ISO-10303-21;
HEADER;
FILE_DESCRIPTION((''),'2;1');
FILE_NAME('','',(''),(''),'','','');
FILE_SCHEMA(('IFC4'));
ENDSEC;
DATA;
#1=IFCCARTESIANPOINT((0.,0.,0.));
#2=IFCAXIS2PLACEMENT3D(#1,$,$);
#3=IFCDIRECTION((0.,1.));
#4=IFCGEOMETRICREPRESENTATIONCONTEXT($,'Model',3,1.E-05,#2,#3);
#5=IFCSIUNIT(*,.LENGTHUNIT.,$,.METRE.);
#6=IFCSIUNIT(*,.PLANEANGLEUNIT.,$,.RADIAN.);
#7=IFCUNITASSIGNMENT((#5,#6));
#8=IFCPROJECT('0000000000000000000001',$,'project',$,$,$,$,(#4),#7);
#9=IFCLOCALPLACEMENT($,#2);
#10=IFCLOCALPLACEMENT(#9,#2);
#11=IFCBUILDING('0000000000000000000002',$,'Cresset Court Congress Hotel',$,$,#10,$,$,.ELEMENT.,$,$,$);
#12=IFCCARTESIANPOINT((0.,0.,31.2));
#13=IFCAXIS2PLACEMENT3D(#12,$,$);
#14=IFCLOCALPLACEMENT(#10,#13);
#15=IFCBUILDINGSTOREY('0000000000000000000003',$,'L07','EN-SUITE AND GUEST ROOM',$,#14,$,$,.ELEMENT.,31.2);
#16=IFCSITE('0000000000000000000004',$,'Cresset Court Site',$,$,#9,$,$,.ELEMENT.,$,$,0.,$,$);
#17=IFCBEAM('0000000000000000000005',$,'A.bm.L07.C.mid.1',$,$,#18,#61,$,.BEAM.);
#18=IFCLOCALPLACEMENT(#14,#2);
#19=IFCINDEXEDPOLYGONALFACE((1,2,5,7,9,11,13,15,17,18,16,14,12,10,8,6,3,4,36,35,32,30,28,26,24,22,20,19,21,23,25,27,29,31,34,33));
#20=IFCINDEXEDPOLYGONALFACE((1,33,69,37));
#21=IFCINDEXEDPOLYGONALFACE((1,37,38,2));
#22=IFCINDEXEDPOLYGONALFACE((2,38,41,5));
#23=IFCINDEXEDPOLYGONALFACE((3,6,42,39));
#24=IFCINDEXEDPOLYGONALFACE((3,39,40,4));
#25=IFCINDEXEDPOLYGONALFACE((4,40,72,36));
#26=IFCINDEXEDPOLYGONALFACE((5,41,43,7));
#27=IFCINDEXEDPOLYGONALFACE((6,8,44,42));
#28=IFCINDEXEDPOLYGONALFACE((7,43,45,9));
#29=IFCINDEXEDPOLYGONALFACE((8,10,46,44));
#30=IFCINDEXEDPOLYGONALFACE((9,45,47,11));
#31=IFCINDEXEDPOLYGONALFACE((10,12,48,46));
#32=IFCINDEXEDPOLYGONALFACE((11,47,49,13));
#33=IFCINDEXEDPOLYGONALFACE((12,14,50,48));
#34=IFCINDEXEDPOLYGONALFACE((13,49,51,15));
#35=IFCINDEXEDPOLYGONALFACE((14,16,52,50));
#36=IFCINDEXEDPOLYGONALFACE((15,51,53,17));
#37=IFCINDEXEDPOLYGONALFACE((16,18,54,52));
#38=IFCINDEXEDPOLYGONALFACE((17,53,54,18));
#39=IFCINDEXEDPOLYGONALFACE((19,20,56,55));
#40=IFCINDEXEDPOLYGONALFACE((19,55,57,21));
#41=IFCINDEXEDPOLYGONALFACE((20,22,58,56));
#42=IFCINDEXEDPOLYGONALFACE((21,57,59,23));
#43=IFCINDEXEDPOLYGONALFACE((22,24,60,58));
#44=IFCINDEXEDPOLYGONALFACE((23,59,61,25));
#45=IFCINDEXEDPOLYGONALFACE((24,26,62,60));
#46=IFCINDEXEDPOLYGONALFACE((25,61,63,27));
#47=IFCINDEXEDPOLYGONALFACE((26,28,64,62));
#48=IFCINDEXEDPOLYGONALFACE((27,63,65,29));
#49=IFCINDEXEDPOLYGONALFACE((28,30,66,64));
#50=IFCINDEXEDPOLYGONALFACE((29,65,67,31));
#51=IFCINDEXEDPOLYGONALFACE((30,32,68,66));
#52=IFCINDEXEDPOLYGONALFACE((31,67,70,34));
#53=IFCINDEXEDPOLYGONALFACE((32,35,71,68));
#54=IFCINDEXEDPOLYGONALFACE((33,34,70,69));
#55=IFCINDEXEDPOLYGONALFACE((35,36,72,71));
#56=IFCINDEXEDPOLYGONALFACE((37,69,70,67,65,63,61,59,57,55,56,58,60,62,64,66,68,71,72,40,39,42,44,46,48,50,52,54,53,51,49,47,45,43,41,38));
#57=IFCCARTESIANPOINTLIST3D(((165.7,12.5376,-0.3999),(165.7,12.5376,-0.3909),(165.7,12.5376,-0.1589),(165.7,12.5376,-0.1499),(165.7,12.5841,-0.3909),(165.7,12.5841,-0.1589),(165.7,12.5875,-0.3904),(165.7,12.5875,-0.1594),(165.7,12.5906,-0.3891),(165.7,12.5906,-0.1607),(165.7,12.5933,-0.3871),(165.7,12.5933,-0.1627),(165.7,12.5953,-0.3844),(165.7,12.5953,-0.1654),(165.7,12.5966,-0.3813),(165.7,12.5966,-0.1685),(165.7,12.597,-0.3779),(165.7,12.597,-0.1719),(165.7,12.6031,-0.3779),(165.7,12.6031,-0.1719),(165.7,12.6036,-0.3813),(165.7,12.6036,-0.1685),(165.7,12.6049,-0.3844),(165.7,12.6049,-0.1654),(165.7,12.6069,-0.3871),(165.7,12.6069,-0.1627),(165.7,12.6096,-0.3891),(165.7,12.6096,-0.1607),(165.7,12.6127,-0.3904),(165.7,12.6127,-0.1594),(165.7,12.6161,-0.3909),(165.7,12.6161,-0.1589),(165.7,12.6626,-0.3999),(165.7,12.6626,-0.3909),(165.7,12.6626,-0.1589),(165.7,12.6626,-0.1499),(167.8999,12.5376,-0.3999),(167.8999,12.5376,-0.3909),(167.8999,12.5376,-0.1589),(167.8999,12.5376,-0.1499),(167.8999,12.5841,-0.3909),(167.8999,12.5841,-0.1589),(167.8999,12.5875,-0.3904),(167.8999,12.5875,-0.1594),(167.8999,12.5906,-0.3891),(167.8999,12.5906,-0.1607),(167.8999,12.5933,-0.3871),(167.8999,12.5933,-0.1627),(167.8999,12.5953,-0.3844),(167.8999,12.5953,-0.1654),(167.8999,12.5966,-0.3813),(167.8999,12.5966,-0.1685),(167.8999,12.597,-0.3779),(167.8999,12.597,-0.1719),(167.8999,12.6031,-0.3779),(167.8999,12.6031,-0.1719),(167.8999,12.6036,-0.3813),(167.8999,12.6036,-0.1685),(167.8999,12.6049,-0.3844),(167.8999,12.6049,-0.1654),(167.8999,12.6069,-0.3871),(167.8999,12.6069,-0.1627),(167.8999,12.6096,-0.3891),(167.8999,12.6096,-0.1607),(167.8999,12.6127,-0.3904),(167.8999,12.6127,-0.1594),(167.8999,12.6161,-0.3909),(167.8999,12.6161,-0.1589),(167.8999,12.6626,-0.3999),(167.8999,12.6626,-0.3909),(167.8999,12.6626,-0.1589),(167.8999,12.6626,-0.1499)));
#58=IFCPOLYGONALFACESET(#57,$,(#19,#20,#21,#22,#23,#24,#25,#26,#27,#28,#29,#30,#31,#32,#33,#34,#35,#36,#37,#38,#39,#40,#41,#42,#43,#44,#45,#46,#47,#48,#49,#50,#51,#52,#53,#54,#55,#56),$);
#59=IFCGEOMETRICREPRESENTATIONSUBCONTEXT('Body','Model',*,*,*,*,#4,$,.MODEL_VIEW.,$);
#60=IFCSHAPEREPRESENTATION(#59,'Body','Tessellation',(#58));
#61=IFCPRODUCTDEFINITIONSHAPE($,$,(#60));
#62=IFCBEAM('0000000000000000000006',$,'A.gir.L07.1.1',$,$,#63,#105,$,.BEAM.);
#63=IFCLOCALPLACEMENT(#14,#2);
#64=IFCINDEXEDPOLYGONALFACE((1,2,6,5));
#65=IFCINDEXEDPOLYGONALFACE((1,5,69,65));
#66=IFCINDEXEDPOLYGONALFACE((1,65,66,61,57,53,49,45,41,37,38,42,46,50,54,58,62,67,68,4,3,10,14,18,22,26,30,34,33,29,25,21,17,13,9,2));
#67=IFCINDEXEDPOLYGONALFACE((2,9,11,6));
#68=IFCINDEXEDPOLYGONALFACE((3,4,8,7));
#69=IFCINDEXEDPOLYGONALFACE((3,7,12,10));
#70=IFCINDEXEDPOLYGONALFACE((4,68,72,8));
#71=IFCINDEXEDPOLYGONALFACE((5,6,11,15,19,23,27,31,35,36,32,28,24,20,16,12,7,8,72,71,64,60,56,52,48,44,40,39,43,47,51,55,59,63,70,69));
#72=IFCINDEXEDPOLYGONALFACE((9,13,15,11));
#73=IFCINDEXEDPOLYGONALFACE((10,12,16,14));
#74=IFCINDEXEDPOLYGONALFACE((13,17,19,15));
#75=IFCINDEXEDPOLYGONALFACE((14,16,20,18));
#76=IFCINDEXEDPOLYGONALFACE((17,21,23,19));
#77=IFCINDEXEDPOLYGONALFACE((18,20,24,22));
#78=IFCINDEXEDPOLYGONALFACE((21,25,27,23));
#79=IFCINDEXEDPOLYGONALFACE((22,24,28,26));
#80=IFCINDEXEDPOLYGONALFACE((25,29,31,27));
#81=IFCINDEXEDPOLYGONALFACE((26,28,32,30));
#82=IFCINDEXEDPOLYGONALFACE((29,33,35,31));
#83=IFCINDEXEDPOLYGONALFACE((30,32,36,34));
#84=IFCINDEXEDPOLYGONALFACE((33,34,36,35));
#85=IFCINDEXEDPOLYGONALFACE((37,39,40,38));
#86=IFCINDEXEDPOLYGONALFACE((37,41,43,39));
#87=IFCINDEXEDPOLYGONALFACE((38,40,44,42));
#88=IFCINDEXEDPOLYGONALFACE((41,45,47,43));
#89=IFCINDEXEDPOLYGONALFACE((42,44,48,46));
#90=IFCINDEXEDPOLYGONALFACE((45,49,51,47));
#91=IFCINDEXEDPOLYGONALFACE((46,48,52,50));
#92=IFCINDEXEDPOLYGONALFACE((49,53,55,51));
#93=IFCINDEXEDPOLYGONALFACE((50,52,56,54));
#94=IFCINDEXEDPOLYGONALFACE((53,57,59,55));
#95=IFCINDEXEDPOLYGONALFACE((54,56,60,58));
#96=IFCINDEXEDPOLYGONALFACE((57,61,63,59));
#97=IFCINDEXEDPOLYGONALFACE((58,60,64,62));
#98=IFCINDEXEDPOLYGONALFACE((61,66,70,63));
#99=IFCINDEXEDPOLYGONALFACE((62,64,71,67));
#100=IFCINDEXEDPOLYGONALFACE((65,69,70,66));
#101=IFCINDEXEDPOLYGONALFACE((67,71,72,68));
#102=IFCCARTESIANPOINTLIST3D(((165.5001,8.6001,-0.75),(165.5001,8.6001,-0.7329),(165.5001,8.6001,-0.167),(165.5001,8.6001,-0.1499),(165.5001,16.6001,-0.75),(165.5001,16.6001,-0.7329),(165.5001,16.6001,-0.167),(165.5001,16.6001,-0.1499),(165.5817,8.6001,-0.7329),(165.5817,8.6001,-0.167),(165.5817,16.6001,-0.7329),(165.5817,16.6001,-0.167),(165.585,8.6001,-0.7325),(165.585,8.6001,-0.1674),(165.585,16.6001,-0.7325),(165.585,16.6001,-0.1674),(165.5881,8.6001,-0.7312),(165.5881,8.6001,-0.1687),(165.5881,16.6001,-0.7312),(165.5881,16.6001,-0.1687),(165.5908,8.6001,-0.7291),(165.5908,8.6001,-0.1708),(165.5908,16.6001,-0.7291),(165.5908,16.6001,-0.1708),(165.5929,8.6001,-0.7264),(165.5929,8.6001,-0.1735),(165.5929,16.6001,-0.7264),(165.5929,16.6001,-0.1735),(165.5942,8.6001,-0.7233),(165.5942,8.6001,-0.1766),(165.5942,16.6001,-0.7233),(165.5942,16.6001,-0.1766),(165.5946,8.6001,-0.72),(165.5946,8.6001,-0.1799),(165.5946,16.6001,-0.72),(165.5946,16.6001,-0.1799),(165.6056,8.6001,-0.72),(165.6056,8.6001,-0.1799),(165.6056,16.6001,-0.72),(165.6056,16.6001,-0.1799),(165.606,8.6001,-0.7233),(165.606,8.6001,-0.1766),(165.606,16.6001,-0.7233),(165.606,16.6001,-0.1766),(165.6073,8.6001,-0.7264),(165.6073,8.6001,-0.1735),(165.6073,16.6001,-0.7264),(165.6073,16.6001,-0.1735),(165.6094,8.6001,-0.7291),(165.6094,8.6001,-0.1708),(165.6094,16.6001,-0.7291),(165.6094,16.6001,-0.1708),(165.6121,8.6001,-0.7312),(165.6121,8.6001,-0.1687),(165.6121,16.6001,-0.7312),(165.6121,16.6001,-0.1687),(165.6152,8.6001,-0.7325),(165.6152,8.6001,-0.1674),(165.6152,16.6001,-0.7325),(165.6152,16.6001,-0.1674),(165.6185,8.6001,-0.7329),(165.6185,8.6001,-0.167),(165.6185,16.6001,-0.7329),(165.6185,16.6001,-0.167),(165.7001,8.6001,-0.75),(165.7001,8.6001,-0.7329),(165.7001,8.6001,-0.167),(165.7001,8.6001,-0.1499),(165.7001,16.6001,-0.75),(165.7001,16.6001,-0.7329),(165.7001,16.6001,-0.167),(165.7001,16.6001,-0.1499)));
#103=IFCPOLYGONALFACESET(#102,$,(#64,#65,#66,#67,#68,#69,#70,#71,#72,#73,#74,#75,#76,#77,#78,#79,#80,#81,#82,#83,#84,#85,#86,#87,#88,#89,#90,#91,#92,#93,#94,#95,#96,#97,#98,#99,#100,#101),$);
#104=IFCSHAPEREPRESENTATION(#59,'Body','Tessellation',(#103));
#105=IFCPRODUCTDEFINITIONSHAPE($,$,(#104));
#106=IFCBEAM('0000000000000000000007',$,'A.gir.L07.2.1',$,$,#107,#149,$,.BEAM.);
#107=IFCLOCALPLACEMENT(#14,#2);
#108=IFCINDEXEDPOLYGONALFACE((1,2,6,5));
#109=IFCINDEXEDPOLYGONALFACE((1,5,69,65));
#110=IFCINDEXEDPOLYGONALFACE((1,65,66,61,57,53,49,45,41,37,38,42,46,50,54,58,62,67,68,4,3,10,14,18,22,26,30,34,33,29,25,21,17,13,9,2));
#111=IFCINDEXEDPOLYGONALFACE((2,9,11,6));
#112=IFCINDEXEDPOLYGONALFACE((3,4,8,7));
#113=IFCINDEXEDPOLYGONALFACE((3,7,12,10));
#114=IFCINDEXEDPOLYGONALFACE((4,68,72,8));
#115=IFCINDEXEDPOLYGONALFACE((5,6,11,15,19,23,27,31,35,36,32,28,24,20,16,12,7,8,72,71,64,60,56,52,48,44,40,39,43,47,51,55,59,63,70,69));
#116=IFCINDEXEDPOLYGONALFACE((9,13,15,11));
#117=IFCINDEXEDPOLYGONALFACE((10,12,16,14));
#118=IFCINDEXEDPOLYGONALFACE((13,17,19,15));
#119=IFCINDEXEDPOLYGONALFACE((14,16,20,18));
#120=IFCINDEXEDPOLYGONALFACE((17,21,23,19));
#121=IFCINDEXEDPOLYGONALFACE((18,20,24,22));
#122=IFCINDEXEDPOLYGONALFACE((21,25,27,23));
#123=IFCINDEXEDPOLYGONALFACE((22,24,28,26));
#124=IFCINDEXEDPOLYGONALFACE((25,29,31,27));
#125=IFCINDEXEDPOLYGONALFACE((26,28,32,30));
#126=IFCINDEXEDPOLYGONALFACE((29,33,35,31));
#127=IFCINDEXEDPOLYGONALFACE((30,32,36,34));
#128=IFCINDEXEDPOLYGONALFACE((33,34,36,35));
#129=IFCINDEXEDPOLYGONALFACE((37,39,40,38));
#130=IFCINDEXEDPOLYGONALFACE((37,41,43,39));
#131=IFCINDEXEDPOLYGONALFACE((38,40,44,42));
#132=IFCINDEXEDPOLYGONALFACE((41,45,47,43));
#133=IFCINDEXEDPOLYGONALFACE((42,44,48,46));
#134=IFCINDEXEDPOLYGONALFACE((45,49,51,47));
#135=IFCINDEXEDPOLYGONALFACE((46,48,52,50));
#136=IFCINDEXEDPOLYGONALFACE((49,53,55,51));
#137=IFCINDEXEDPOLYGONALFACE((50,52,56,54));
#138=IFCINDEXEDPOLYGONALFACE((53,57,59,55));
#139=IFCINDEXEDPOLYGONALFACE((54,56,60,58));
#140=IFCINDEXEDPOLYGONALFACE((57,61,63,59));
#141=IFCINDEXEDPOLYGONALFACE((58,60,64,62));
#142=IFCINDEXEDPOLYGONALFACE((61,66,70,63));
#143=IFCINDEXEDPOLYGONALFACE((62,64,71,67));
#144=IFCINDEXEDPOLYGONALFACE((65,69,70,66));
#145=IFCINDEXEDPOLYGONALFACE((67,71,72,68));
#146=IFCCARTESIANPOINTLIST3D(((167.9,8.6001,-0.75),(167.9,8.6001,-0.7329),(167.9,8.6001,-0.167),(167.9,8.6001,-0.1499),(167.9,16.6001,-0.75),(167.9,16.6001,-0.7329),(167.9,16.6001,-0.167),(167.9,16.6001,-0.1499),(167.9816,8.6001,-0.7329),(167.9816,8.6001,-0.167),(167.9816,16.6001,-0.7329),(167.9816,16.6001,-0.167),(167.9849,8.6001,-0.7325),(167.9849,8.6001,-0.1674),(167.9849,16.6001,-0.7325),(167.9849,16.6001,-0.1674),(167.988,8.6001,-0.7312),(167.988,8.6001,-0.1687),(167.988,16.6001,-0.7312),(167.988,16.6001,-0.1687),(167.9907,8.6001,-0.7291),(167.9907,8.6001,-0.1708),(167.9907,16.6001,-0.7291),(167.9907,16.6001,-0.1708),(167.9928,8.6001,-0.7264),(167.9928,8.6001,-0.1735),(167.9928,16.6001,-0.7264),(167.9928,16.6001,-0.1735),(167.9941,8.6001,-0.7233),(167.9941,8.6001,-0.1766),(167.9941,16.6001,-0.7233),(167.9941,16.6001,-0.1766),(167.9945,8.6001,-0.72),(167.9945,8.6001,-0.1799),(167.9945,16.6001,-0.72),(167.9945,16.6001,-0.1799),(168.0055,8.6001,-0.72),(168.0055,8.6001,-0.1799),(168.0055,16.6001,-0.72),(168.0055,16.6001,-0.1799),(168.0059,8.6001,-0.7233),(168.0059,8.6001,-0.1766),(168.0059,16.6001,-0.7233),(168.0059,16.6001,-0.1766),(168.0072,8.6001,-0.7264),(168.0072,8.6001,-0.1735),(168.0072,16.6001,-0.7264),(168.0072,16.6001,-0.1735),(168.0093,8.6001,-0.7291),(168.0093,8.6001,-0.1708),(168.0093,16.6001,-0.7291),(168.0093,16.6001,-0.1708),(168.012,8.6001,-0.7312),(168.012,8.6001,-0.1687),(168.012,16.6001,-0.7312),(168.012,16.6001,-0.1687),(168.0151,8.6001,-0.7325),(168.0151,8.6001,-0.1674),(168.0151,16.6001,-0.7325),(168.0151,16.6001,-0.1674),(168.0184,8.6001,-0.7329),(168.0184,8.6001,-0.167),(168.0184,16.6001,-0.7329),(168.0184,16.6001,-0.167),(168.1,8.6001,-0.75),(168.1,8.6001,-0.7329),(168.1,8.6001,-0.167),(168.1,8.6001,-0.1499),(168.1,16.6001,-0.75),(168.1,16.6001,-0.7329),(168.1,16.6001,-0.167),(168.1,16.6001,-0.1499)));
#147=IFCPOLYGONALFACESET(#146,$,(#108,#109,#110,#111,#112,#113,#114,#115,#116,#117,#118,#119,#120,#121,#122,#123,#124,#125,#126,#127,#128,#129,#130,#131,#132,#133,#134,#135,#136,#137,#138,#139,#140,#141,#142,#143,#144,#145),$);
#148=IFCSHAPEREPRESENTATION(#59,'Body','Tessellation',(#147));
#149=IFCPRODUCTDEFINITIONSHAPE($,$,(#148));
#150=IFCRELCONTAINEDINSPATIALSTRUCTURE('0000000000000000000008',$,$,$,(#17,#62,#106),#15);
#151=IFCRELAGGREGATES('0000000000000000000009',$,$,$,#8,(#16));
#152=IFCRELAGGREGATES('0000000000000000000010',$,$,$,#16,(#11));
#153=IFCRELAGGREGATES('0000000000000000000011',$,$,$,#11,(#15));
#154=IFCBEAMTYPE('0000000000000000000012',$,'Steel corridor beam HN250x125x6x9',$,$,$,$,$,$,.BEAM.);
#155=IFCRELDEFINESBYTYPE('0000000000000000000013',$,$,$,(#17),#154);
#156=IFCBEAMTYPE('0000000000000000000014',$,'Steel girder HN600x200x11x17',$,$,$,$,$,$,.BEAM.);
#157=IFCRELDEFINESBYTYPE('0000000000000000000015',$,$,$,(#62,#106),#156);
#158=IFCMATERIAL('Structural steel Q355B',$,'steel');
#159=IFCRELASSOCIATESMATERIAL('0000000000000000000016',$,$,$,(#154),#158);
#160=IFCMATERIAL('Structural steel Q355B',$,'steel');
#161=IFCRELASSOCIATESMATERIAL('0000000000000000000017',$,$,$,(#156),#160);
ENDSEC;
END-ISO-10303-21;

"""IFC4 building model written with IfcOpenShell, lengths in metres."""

from ifc_helpers import new_model, si_unit, direction, frame, origin, origin_2d, place, context, subcontext, project, spatial, i_section, extrude, material, material_profile, profile_set, type_object, element, save


model = new_model("IFC4")

# Units and contexts
model_context = context("Model", 3, precision=1e-05, world=origin(), true_north=direction((0.0, 1.0)))
body_context = subcontext(model_context, "Body", "Model", "MODEL_VIEW")
ifc_project = project(units=[si_unit("LENGTHUNIT", "METRE"), si_unit("PLANEANGLEUNIT", "RADIAN")], contexts=[model_context])

# Site, building, storey
site_placement = place(None, origin())
site = spatial("IfcSite", under=ifc_project, at=site_placement, Name="Cresset Court Site", CompositionType="ELEMENT", RefElevation=0.0)
building_placement = place(site_placement, origin())
building = spatial("IfcBuilding", under=site, at=building_placement, Name="Cresset Court Congress Hotel", CompositionType="ELEMENT")
storey_placement = place(building_placement, frame((0.0, 0.0, 31.2)))
storey = spatial("IfcBuildingStorey", under=building, at=storey_placement, Name="L07", Description="EN-SUITE AND GUEST ROOM", CompositionType="ELEMENT", Elevation=31.2)

# Beams
ifc_material_1 = material(Name="Structural steel Q355B", Category="steel")
ifc_material_profile_1 = material_profile(ifc_material_1, i_section(OverallWidth=0.125, OverallDepth=0.25, WebThickness=0.0061, FlangeThickness=0.009, FilletRadius=0.0129, at=origin_2d()), Name="HN250x125x6x9")
ifc_profile_set_1 = profile_set([ifc_material_profile_1], Name="Structural steel Q355B")
beam_type_1 = type_object("IfcBeamType", Name="Steel corridor beam HN250x125x6x9", PredefinedType="BEAM", material=ifc_profile_set_1)
beam_1_placement = place(storey_placement, frame((165.7, 12.6001, -0.2749), z_axis=(1.0, 0.0, 0.0), x_axis=(0.0, 1.0, 0.0)))
element("IfcBeam", 1, at=beam_1_placement, inside=storey, type_object=beam_type_1, Name="A.bm.L07.C.mid.1", PredefinedType="BEAM", context=body_context, shape_type="SweptSolid", body=[
    extrude(i_section(OverallWidth=0.125, OverallDepth=0.25, WebThickness=0.0061, FlangeThickness=0.009, FilletRadius=0.0129, at=origin_2d()), origin(), (0.0, 0.0, 1.0), 2.2),
])
ifc_material_2 = material(Name="Structural steel Q355B", Category="steel")
ifc_material_profile_2 = material_profile(ifc_material_2, i_section(OverallWidth=0.2, OverallDepth=0.6001, WebThickness=0.011, FlangeThickness=0.0171, FilletRadius=0.0129, at=origin_2d()), Name="HN600x200x11x17")
ifc_profile_set_2 = profile_set([ifc_material_profile_2], Name="Structural steel Q355B")
beam_type_2 = type_object("IfcBeamType", Name="Steel girder HN600x200x11x17", PredefinedType="BEAM", material=ifc_profile_set_2)
for number, where, z_axis, x_axis, name in (
    (2, (165.6001, 8.6001, -0.45), (0.0, 1.0, 0.0), (-1.0, 0.0, 0.0), "A.gir.L07.1.1"),
    (3, (168.0, 8.6001, -0.45), (0.0, 1.0, 0.0), (-1.0, 0.0, 0.0), "A.gir.L07.2.1"),
):
    element("IfcBeam", number, at=place(storey_placement, frame(where, z_axis=z_axis, x_axis=x_axis)), inside=storey, type_object=beam_type_2, Name=name, PredefinedType="BEAM", context=body_context, shape_type="SweptSolid", body=[
        extrude(i_section(OverallWidth=0.2, OverallDepth=0.6001, WebThickness=0.011, FlangeThickness=0.0171, FilletRadius=0.0129, at=origin_2d()), origin(), (0.0, 0.0, 1.0), 8.0),
    ])

save(model, "model.ifc")
